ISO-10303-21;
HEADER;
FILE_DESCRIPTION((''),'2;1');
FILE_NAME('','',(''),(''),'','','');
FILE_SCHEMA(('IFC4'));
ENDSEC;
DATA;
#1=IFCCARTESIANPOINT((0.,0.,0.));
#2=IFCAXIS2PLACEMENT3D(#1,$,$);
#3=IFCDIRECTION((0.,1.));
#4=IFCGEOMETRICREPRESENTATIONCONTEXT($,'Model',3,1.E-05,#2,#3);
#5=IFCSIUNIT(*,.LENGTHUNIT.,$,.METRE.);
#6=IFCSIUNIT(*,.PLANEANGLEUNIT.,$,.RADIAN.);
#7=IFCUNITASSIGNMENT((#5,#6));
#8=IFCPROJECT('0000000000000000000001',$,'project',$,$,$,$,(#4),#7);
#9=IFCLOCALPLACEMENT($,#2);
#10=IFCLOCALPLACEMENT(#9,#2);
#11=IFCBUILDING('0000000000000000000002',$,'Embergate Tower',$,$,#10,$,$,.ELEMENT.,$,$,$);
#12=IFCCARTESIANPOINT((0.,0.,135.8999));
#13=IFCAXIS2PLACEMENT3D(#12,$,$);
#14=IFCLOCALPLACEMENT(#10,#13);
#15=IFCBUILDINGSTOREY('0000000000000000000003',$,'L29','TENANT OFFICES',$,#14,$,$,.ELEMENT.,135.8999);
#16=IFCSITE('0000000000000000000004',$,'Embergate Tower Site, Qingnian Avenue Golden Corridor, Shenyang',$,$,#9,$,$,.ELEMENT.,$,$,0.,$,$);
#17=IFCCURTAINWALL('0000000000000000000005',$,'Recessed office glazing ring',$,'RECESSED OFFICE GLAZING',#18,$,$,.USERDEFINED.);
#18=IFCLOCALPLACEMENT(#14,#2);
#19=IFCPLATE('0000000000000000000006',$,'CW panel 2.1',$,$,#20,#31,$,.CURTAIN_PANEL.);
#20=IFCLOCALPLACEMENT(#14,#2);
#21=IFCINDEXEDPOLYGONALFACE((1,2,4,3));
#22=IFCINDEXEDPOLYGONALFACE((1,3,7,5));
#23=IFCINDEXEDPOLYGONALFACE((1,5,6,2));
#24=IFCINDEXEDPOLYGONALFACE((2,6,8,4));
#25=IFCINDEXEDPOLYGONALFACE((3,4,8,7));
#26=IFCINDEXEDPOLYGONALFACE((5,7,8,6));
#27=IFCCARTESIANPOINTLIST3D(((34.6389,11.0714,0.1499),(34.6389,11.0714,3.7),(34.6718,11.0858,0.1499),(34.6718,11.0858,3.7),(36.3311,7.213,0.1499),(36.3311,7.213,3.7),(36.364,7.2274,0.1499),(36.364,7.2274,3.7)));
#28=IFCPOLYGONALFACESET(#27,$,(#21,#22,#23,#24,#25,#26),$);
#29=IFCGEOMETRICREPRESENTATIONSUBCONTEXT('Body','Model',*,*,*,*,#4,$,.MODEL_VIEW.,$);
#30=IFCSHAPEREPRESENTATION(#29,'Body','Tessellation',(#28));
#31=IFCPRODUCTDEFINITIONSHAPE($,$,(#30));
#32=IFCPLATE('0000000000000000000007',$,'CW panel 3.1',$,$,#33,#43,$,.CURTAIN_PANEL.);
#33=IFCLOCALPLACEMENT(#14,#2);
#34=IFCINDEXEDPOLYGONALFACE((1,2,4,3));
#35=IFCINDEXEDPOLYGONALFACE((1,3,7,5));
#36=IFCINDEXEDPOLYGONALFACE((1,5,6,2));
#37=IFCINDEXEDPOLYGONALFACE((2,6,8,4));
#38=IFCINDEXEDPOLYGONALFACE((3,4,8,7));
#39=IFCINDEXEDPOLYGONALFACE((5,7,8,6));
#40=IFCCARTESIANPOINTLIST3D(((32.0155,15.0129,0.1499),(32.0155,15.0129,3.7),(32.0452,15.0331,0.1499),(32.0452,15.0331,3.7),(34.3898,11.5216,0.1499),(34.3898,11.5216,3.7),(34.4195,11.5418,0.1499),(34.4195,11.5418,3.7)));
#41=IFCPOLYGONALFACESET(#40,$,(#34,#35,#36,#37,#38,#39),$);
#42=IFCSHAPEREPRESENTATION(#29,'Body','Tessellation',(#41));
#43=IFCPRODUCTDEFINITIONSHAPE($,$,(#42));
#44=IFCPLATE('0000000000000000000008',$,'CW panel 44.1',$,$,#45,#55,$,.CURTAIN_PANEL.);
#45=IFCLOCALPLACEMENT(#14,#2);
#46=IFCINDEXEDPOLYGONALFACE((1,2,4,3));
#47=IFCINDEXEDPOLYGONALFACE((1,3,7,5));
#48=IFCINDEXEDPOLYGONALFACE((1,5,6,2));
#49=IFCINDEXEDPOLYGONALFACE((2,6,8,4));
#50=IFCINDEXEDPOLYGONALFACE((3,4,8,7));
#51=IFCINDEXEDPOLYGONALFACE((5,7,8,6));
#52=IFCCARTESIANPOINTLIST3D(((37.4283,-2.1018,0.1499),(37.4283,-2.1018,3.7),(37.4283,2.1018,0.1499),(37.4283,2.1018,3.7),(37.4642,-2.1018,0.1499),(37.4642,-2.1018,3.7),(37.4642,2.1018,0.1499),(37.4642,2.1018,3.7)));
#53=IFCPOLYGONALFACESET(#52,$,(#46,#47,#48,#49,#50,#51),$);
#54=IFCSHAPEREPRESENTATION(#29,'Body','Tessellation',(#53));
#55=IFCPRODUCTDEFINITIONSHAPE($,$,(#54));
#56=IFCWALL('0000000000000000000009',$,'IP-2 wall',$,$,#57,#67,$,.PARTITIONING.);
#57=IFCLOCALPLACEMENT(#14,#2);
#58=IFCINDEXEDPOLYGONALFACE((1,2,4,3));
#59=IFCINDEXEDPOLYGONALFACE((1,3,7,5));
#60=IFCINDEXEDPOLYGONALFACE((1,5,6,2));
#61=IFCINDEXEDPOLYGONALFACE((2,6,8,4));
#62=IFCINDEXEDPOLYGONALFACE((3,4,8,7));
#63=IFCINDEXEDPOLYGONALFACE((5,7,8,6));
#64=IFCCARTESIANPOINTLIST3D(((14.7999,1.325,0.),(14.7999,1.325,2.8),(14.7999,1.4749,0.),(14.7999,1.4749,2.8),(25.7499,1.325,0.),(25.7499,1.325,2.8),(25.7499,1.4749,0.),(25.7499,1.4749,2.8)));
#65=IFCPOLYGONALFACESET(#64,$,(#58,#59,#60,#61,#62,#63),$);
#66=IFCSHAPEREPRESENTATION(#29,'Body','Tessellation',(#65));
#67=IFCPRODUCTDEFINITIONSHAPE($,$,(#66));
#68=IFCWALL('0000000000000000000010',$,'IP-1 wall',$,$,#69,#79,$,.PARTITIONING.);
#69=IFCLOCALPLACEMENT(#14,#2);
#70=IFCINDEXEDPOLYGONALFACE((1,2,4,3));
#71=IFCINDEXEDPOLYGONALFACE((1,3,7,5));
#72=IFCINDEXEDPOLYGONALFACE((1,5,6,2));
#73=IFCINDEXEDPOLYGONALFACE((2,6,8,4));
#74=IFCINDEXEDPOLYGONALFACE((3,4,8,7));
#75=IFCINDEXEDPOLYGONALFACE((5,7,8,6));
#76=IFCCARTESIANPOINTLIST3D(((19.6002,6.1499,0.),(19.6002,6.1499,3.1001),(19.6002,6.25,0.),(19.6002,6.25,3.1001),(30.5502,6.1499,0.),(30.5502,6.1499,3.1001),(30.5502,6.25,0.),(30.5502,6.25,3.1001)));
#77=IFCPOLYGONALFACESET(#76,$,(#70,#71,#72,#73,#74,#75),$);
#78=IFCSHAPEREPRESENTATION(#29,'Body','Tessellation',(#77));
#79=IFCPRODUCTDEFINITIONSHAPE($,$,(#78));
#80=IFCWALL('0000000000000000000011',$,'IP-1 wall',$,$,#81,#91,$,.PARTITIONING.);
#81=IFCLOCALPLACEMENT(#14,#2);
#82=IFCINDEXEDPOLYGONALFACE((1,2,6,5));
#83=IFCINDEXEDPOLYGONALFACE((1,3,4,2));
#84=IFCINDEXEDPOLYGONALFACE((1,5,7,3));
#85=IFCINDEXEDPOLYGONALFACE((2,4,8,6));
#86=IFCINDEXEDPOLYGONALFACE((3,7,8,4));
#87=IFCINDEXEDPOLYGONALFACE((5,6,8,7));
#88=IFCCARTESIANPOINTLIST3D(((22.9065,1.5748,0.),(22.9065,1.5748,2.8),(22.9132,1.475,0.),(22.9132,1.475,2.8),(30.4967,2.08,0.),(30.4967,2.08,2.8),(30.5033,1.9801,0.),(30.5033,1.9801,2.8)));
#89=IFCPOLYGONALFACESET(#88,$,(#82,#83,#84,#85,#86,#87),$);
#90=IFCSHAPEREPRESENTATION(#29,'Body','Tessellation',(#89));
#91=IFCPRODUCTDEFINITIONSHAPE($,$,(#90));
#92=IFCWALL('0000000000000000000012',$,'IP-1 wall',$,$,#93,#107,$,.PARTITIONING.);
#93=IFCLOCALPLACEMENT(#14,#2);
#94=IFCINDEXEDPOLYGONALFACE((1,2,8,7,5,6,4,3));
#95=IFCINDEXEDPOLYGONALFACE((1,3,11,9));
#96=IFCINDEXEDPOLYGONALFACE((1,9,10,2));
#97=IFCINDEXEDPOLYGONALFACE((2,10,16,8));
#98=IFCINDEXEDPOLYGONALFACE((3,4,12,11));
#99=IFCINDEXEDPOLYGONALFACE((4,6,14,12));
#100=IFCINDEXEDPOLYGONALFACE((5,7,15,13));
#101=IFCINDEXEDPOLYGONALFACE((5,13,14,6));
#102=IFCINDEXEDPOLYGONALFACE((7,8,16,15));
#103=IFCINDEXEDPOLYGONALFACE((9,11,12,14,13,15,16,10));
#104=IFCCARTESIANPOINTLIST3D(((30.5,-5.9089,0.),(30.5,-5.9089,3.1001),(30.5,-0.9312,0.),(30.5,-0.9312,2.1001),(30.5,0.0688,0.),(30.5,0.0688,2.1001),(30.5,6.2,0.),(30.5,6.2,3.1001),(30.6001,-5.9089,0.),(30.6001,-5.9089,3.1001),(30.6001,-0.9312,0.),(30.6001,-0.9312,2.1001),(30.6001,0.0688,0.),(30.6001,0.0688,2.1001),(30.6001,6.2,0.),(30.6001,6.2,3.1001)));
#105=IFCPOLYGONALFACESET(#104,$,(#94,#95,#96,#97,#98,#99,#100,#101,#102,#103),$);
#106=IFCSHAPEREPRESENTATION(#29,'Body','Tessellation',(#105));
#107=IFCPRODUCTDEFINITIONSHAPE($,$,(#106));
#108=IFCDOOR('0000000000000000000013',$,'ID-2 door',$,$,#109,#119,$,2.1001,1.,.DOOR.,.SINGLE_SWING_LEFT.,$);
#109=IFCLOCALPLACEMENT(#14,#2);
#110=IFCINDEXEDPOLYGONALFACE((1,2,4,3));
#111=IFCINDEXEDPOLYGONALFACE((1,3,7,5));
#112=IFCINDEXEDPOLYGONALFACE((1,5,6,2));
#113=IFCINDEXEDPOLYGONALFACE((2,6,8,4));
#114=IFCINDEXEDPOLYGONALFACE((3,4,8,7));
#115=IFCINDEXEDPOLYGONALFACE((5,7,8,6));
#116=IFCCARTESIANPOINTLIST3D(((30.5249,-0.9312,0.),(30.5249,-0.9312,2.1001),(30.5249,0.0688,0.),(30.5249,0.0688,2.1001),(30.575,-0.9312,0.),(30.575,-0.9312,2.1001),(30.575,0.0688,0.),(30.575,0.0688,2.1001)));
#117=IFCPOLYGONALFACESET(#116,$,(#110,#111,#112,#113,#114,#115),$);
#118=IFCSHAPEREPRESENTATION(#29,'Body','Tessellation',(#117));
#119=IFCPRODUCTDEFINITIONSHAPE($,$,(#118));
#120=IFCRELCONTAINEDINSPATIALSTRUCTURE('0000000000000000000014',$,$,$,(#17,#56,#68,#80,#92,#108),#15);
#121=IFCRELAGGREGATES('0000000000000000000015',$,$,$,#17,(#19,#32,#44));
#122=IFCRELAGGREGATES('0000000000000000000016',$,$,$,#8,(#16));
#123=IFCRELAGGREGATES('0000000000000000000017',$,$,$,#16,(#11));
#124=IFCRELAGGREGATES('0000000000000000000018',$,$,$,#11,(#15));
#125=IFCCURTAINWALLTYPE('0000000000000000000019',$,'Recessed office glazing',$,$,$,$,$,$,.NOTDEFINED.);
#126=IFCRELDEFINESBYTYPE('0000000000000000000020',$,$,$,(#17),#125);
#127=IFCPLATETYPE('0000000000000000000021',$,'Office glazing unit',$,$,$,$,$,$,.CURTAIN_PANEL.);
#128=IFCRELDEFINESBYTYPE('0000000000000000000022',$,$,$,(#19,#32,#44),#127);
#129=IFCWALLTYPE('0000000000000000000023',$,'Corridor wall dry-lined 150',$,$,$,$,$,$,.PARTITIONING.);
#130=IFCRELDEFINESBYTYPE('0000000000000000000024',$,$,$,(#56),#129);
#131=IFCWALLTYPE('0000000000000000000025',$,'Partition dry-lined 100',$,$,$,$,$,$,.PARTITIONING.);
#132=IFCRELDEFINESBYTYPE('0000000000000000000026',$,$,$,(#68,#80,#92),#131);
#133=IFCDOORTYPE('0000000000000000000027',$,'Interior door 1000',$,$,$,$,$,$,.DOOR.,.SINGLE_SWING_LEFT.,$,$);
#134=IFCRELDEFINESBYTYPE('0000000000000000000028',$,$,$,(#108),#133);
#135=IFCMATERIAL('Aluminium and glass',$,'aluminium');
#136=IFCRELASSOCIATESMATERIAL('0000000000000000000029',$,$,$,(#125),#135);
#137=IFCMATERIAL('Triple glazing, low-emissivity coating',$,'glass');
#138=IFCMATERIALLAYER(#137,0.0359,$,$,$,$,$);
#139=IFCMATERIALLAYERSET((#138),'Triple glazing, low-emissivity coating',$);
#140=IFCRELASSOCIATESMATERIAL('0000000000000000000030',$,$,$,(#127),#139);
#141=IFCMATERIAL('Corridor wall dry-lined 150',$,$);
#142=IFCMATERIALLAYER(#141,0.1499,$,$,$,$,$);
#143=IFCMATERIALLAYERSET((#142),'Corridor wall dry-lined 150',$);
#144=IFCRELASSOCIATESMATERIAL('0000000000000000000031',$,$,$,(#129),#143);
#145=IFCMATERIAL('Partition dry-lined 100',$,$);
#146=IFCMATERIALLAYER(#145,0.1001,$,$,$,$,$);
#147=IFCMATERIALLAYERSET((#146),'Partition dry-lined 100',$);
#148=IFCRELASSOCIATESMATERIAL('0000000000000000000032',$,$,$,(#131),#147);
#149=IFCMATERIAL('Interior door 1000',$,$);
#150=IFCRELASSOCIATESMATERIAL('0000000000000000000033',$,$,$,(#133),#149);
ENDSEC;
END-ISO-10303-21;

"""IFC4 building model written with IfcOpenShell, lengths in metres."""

from ifc_helpers import new_model, si_unit, direction, frame, frame_2d, origin, origin_2d, place, context, subcontext, project, spatial, rectangle, extrude, source, transform, mapped, material, layer, layer_set, type_object, element, fill, aggregate, save


model = new_model("IFC4")

# Units and contexts
model_context = context("Model", 3, precision=1e-05, world=origin(), true_north=direction((0.0, 1.0)))
body_context = subcontext(model_context, "Body", "Model", "MODEL_VIEW")
ifc_project = project(units=[si_unit("LENGTHUNIT", "METRE"), si_unit("PLANEANGLEUNIT", "RADIAN")], contexts=[model_context])

# Site, building, storey
site_placement = place(None, origin())
site = spatial("IfcSite", under=ifc_project, at=site_placement, Name="Embergate Tower Site, Qingnian Avenue Golden Corridor, Shenyang", CompositionType="ELEMENT", RefElevation=0.0)
building_placement = place(site_placement, origin())
building = spatial("IfcBuilding", under=site, at=building_placement, Name="Embergate Tower", CompositionType="ELEMENT")
storey_placement = place(building_placement, frame((0.0, 0.0, 135.8999)))
storey = spatial("IfcBuildingStorey", under=building, at=storey_placement, Name="L29", Description="TENANT OFFICES", CompositionType="ELEMENT", Elevation=135.8999)

# Curtain wall, plates
ifc_material_1 = material(Name="Aluminium and glass", Category="aluminium")
curtain_wall_type = type_object("IfcCurtainWallType", Name="Recessed office glazing", PredefinedType="NOTDEFINED", material=ifc_material_1)
curtain_wall_placement = place(storey_placement, origin())
curtain_wall = element("IfcCurtainWall", 1, at=curtain_wall_placement, inside=storey, type_object=curtain_wall_type, Name="Recessed office glazing ring", ObjectType="RECESSED OFFICE GLAZING", PredefinedType="USERDEFINED")
ifc_material_2 = material(Name="Triple glazing, low-emissivity coating", Category="glass")
ifc_layer_1 = layer(ifc_material_2, 0.0359)
ifc_layer_set_1 = layer_set([ifc_layer_1], Name="Triple glazing, low-emissivity coating")
plate_type = type_object("IfcPlateType", Name="Office glazing unit", PredefinedType="CURTAIN_PANEL", material=ifc_layer_set_1)
shared_shape_1 = source(origin(), body_context, "Body", "SweptSolid", [
    extrude(rectangle(XDim=4.2131, YDim=0.0359, at=origin_2d()), origin(), (0.0, 0.0, 1.0), 3.55),
])
plate_1_placement = place(storey_placement, frame((35.5015, 9.1494, 0.1499), z_axis=(0.0, 0.0, 1.0), x_axis=(-0.401655, 0.915791, 0.0)))
plate_1 = element("IfcPlate", 2, at=plate_1_placement, type_object=plate_type, Name="CW panel 2.1", PredefinedType="CURTAIN_PANEL", context=body_context, shape_type="MappedRepresentation", body=[
    mapped(shared_shape_1, transform((0.0, 0.0, 0.0))),
])
shared_shape_2 = source(origin(), body_context, "Body", "SweptSolid", [
    extrude(rectangle(XDim=4.2222, YDim=0.0359, at=origin_2d()), origin(), (0.0, 0.0, 1.0), 3.55),
])
plate_2_placement = place(storey_placement, frame((33.2175, 13.2773, 0.1499), z_axis=(0.0, 0.0, 1.0), x_axis=(-0.562345, 0.826903, 0.0)))
plate_2 = element("IfcPlate", 3, at=plate_2_placement, type_object=plate_type, Name="CW panel 3.1", PredefinedType="CURTAIN_PANEL", context=body_context, shape_type="MappedRepresentation", body=[
    mapped(shared_shape_2, transform((0.0, 0.0, 0.0))),
])
shared_shape_3 = source(origin(), body_context, "Body", "SweptSolid", [
    extrude(rectangle(XDim=4.2036, YDim=0.0359, at=origin_2d()), origin(), (0.0, 0.0, 1.0), 3.55),
])
plate_3_placement = place(storey_placement, frame((37.4463, 0.0, 0.1499), z_axis=(0.0, 0.0, 1.0), x_axis=(0.0, 1.0, 0.0)))
plate_3 = element("IfcPlate", 4, at=plate_3_placement, type_object=plate_type, Name="CW panel 44.1", PredefinedType="CURTAIN_PANEL", context=body_context, shape_type="MappedRepresentation", body=[
    mapped(shared_shape_3, transform((0.0, 0.0, 0.0))),
])
aggregate(curtain_wall, [plate_1, plate_2, plate_3])

# Walls
ifc_material_3 = material(Name="Corridor wall dry-lined 150")
ifc_layer_2 = layer(ifc_material_3, 0.1499)
ifc_layer_set_2 = layer_set([ifc_layer_2], Name="Corridor wall dry-lined 150")
wall_type_1 = type_object("IfcWallType", Name="Corridor wall dry-lined 150", PredefinedType="PARTITIONING", material=ifc_layer_set_2)
shared_shape_4 = source(origin(), body_context, "Body", "SweptSolid", [
    extrude(rectangle(XDim=10.95, YDim=0.1499, at=frame_2d((5.4751, 0.0))), origin(), (0.0, 0.0, 1.0), 2.8),
])
wall_1_placement = place(storey_placement, frame((25.75, 1.3999, 0.0), z_axis=(0.0, 0.0, 1.0), x_axis=(-1.0, 0.0, 0.0)))
element("IfcWall", 5, at=wall_1_placement, inside=storey, type_object=wall_type_1, Name="IP-2 wall", PredefinedType="PARTITIONING", context=body_context, shape_type="MappedRepresentation", body=[
    mapped(shared_shape_4, transform((0.0, 0.0, 0.0))),
])
ifc_material_4 = material(Name="Partition dry-lined 100")
ifc_layer_3 = layer(ifc_material_4, 0.1001)
ifc_layer_set_3 = layer_set([ifc_layer_3], Name="Partition dry-lined 100")
wall_type_2 = type_object("IfcWallType", Name="Partition dry-lined 100", PredefinedType="PARTITIONING", material=ifc_layer_set_3)
shared_shape_5 = source(origin(), body_context, "Body", "SweptSolid", [
    extrude(rectangle(XDim=10.95, YDim=0.1001, at=frame_2d((5.4751, 0.0))), origin(), (0.0, 0.0, 1.0), 3.1001),
])
wall_2_placement = place(storey_placement, frame((19.6001, 6.2, 0.0), z_axis=(0.0, 0.0, 1.0), x_axis=(1.0, 0.0, 0.0)))
element("IfcWall", 6, at=wall_2_placement, inside=storey, type_object=wall_type_2, Name="IP-1 wall", PredefinedType="PARTITIONING", context=body_context, shape_type="MappedRepresentation", body=[
    mapped(shared_shape_5, transform((0.0, 0.0, 0.0))),
])
shared_shape_6 = source(origin(), body_context, "Body", "SweptSolid", [
    extrude(rectangle(XDim=7.6069, YDim=0.1001, at=frame_2d((3.8035, 0.0))), origin(), (0.0, 0.0, 1.0), 2.8),
])
wall_3_placement = place(storey_placement, frame((30.5, 2.03, 0.0), z_axis=(0.0, 0.0, 1.0), x_axis=(-0.997793, -0.066404, 0.0)))
element("IfcWall", 7, at=wall_3_placement, inside=storey, type_object=wall_type_2, Name="IP-1 wall", PredefinedType="PARTITIONING", context=body_context, shape_type="MappedRepresentation", body=[
    mapped(shared_shape_6, transform((0.0, 0.0, 0.0))),
])

# Wall, opening, door
shared_shape_7 = source(origin(), body_context, "Body", "SweptSolid", [
    extrude(rectangle(XDim=12.1089, YDim=0.1001, at=frame_2d((6.0544, 0.0))), origin(), (0.0, 0.0, 1.0), 3.1001),
])
wall_4_placement = place(storey_placement, frame((30.55, 6.2, 0.0), z_axis=(0.0, 0.0, 1.0), x_axis=(0.0, -1.0, 0.0)))
wall_4 = element("IfcWall", 8, at=wall_4_placement, inside=storey, type_object=wall_type_2, Name="IP-1 wall", PredefinedType="PARTITIONING", context=body_context, shape_type="MappedRepresentation", body=[
    mapped(shared_shape_7, transform((0.0, 0.0, 0.0))),
])
shared_shape_8 = source(origin(), body_context, "Body", "SweptSolid", [
    extrude(rectangle(XDim=1.0, YDim=2.1001, at=frame_2d((0.5, 1.05))), frame((0.0, 0.0601, 0.0), z_axis=(0.0, -1.0, 0.0), x_axis=(1.0, 0.0, 0.0)), (0.0, 0.0, 1.0), 0.1201),
])
opening_placement = place(wall_4_placement, frame((6.1311, 0.0, 0.0)))
opening = element("IfcOpeningElement", 9, at=opening_placement, cuts=wall_4, PredefinedType="OPENING", context=body_context, shape_type="MappedRepresentation", body=[
    mapped(shared_shape_8, transform((0.0, 0.0, 0.0))),
])
ifc_material_5 = material(Name="Interior door 1000")
door_type = type_object("IfcDoorType", Name="Interior door 1000", OperationType="SINGLE_SWING_LEFT", PredefinedType="DOOR", material=ifc_material_5)
shared_shape_9 = source(origin(), body_context, "Body", "SweptSolid", [
    extrude(rectangle(XDim=1.0, YDim=2.1001, at=frame_2d((0.5, 1.05))), frame((0.0, 0.0249, 0.0), z_axis=(0.0, -1.0, 0.0), x_axis=(1.0, 0.0, 0.0)), (0.0, 0.0, 1.0), 0.05),
])
door_placement = place(opening_placement, origin())
door = element("IfcDoor", 10, at=door_placement, inside=storey, type_object=door_type, Name="ID-2 door", OperationType="SINGLE_SWING_LEFT", OverallHeight=2.1001, OverallWidth=1.0, PredefinedType="DOOR", context=body_context, shape_type="MappedRepresentation", body=[
    mapped(shared_shape_9, transform((0.0, 0.0, 0.0))),
])
fill(opening, door)

save(model, "model.ifc")
